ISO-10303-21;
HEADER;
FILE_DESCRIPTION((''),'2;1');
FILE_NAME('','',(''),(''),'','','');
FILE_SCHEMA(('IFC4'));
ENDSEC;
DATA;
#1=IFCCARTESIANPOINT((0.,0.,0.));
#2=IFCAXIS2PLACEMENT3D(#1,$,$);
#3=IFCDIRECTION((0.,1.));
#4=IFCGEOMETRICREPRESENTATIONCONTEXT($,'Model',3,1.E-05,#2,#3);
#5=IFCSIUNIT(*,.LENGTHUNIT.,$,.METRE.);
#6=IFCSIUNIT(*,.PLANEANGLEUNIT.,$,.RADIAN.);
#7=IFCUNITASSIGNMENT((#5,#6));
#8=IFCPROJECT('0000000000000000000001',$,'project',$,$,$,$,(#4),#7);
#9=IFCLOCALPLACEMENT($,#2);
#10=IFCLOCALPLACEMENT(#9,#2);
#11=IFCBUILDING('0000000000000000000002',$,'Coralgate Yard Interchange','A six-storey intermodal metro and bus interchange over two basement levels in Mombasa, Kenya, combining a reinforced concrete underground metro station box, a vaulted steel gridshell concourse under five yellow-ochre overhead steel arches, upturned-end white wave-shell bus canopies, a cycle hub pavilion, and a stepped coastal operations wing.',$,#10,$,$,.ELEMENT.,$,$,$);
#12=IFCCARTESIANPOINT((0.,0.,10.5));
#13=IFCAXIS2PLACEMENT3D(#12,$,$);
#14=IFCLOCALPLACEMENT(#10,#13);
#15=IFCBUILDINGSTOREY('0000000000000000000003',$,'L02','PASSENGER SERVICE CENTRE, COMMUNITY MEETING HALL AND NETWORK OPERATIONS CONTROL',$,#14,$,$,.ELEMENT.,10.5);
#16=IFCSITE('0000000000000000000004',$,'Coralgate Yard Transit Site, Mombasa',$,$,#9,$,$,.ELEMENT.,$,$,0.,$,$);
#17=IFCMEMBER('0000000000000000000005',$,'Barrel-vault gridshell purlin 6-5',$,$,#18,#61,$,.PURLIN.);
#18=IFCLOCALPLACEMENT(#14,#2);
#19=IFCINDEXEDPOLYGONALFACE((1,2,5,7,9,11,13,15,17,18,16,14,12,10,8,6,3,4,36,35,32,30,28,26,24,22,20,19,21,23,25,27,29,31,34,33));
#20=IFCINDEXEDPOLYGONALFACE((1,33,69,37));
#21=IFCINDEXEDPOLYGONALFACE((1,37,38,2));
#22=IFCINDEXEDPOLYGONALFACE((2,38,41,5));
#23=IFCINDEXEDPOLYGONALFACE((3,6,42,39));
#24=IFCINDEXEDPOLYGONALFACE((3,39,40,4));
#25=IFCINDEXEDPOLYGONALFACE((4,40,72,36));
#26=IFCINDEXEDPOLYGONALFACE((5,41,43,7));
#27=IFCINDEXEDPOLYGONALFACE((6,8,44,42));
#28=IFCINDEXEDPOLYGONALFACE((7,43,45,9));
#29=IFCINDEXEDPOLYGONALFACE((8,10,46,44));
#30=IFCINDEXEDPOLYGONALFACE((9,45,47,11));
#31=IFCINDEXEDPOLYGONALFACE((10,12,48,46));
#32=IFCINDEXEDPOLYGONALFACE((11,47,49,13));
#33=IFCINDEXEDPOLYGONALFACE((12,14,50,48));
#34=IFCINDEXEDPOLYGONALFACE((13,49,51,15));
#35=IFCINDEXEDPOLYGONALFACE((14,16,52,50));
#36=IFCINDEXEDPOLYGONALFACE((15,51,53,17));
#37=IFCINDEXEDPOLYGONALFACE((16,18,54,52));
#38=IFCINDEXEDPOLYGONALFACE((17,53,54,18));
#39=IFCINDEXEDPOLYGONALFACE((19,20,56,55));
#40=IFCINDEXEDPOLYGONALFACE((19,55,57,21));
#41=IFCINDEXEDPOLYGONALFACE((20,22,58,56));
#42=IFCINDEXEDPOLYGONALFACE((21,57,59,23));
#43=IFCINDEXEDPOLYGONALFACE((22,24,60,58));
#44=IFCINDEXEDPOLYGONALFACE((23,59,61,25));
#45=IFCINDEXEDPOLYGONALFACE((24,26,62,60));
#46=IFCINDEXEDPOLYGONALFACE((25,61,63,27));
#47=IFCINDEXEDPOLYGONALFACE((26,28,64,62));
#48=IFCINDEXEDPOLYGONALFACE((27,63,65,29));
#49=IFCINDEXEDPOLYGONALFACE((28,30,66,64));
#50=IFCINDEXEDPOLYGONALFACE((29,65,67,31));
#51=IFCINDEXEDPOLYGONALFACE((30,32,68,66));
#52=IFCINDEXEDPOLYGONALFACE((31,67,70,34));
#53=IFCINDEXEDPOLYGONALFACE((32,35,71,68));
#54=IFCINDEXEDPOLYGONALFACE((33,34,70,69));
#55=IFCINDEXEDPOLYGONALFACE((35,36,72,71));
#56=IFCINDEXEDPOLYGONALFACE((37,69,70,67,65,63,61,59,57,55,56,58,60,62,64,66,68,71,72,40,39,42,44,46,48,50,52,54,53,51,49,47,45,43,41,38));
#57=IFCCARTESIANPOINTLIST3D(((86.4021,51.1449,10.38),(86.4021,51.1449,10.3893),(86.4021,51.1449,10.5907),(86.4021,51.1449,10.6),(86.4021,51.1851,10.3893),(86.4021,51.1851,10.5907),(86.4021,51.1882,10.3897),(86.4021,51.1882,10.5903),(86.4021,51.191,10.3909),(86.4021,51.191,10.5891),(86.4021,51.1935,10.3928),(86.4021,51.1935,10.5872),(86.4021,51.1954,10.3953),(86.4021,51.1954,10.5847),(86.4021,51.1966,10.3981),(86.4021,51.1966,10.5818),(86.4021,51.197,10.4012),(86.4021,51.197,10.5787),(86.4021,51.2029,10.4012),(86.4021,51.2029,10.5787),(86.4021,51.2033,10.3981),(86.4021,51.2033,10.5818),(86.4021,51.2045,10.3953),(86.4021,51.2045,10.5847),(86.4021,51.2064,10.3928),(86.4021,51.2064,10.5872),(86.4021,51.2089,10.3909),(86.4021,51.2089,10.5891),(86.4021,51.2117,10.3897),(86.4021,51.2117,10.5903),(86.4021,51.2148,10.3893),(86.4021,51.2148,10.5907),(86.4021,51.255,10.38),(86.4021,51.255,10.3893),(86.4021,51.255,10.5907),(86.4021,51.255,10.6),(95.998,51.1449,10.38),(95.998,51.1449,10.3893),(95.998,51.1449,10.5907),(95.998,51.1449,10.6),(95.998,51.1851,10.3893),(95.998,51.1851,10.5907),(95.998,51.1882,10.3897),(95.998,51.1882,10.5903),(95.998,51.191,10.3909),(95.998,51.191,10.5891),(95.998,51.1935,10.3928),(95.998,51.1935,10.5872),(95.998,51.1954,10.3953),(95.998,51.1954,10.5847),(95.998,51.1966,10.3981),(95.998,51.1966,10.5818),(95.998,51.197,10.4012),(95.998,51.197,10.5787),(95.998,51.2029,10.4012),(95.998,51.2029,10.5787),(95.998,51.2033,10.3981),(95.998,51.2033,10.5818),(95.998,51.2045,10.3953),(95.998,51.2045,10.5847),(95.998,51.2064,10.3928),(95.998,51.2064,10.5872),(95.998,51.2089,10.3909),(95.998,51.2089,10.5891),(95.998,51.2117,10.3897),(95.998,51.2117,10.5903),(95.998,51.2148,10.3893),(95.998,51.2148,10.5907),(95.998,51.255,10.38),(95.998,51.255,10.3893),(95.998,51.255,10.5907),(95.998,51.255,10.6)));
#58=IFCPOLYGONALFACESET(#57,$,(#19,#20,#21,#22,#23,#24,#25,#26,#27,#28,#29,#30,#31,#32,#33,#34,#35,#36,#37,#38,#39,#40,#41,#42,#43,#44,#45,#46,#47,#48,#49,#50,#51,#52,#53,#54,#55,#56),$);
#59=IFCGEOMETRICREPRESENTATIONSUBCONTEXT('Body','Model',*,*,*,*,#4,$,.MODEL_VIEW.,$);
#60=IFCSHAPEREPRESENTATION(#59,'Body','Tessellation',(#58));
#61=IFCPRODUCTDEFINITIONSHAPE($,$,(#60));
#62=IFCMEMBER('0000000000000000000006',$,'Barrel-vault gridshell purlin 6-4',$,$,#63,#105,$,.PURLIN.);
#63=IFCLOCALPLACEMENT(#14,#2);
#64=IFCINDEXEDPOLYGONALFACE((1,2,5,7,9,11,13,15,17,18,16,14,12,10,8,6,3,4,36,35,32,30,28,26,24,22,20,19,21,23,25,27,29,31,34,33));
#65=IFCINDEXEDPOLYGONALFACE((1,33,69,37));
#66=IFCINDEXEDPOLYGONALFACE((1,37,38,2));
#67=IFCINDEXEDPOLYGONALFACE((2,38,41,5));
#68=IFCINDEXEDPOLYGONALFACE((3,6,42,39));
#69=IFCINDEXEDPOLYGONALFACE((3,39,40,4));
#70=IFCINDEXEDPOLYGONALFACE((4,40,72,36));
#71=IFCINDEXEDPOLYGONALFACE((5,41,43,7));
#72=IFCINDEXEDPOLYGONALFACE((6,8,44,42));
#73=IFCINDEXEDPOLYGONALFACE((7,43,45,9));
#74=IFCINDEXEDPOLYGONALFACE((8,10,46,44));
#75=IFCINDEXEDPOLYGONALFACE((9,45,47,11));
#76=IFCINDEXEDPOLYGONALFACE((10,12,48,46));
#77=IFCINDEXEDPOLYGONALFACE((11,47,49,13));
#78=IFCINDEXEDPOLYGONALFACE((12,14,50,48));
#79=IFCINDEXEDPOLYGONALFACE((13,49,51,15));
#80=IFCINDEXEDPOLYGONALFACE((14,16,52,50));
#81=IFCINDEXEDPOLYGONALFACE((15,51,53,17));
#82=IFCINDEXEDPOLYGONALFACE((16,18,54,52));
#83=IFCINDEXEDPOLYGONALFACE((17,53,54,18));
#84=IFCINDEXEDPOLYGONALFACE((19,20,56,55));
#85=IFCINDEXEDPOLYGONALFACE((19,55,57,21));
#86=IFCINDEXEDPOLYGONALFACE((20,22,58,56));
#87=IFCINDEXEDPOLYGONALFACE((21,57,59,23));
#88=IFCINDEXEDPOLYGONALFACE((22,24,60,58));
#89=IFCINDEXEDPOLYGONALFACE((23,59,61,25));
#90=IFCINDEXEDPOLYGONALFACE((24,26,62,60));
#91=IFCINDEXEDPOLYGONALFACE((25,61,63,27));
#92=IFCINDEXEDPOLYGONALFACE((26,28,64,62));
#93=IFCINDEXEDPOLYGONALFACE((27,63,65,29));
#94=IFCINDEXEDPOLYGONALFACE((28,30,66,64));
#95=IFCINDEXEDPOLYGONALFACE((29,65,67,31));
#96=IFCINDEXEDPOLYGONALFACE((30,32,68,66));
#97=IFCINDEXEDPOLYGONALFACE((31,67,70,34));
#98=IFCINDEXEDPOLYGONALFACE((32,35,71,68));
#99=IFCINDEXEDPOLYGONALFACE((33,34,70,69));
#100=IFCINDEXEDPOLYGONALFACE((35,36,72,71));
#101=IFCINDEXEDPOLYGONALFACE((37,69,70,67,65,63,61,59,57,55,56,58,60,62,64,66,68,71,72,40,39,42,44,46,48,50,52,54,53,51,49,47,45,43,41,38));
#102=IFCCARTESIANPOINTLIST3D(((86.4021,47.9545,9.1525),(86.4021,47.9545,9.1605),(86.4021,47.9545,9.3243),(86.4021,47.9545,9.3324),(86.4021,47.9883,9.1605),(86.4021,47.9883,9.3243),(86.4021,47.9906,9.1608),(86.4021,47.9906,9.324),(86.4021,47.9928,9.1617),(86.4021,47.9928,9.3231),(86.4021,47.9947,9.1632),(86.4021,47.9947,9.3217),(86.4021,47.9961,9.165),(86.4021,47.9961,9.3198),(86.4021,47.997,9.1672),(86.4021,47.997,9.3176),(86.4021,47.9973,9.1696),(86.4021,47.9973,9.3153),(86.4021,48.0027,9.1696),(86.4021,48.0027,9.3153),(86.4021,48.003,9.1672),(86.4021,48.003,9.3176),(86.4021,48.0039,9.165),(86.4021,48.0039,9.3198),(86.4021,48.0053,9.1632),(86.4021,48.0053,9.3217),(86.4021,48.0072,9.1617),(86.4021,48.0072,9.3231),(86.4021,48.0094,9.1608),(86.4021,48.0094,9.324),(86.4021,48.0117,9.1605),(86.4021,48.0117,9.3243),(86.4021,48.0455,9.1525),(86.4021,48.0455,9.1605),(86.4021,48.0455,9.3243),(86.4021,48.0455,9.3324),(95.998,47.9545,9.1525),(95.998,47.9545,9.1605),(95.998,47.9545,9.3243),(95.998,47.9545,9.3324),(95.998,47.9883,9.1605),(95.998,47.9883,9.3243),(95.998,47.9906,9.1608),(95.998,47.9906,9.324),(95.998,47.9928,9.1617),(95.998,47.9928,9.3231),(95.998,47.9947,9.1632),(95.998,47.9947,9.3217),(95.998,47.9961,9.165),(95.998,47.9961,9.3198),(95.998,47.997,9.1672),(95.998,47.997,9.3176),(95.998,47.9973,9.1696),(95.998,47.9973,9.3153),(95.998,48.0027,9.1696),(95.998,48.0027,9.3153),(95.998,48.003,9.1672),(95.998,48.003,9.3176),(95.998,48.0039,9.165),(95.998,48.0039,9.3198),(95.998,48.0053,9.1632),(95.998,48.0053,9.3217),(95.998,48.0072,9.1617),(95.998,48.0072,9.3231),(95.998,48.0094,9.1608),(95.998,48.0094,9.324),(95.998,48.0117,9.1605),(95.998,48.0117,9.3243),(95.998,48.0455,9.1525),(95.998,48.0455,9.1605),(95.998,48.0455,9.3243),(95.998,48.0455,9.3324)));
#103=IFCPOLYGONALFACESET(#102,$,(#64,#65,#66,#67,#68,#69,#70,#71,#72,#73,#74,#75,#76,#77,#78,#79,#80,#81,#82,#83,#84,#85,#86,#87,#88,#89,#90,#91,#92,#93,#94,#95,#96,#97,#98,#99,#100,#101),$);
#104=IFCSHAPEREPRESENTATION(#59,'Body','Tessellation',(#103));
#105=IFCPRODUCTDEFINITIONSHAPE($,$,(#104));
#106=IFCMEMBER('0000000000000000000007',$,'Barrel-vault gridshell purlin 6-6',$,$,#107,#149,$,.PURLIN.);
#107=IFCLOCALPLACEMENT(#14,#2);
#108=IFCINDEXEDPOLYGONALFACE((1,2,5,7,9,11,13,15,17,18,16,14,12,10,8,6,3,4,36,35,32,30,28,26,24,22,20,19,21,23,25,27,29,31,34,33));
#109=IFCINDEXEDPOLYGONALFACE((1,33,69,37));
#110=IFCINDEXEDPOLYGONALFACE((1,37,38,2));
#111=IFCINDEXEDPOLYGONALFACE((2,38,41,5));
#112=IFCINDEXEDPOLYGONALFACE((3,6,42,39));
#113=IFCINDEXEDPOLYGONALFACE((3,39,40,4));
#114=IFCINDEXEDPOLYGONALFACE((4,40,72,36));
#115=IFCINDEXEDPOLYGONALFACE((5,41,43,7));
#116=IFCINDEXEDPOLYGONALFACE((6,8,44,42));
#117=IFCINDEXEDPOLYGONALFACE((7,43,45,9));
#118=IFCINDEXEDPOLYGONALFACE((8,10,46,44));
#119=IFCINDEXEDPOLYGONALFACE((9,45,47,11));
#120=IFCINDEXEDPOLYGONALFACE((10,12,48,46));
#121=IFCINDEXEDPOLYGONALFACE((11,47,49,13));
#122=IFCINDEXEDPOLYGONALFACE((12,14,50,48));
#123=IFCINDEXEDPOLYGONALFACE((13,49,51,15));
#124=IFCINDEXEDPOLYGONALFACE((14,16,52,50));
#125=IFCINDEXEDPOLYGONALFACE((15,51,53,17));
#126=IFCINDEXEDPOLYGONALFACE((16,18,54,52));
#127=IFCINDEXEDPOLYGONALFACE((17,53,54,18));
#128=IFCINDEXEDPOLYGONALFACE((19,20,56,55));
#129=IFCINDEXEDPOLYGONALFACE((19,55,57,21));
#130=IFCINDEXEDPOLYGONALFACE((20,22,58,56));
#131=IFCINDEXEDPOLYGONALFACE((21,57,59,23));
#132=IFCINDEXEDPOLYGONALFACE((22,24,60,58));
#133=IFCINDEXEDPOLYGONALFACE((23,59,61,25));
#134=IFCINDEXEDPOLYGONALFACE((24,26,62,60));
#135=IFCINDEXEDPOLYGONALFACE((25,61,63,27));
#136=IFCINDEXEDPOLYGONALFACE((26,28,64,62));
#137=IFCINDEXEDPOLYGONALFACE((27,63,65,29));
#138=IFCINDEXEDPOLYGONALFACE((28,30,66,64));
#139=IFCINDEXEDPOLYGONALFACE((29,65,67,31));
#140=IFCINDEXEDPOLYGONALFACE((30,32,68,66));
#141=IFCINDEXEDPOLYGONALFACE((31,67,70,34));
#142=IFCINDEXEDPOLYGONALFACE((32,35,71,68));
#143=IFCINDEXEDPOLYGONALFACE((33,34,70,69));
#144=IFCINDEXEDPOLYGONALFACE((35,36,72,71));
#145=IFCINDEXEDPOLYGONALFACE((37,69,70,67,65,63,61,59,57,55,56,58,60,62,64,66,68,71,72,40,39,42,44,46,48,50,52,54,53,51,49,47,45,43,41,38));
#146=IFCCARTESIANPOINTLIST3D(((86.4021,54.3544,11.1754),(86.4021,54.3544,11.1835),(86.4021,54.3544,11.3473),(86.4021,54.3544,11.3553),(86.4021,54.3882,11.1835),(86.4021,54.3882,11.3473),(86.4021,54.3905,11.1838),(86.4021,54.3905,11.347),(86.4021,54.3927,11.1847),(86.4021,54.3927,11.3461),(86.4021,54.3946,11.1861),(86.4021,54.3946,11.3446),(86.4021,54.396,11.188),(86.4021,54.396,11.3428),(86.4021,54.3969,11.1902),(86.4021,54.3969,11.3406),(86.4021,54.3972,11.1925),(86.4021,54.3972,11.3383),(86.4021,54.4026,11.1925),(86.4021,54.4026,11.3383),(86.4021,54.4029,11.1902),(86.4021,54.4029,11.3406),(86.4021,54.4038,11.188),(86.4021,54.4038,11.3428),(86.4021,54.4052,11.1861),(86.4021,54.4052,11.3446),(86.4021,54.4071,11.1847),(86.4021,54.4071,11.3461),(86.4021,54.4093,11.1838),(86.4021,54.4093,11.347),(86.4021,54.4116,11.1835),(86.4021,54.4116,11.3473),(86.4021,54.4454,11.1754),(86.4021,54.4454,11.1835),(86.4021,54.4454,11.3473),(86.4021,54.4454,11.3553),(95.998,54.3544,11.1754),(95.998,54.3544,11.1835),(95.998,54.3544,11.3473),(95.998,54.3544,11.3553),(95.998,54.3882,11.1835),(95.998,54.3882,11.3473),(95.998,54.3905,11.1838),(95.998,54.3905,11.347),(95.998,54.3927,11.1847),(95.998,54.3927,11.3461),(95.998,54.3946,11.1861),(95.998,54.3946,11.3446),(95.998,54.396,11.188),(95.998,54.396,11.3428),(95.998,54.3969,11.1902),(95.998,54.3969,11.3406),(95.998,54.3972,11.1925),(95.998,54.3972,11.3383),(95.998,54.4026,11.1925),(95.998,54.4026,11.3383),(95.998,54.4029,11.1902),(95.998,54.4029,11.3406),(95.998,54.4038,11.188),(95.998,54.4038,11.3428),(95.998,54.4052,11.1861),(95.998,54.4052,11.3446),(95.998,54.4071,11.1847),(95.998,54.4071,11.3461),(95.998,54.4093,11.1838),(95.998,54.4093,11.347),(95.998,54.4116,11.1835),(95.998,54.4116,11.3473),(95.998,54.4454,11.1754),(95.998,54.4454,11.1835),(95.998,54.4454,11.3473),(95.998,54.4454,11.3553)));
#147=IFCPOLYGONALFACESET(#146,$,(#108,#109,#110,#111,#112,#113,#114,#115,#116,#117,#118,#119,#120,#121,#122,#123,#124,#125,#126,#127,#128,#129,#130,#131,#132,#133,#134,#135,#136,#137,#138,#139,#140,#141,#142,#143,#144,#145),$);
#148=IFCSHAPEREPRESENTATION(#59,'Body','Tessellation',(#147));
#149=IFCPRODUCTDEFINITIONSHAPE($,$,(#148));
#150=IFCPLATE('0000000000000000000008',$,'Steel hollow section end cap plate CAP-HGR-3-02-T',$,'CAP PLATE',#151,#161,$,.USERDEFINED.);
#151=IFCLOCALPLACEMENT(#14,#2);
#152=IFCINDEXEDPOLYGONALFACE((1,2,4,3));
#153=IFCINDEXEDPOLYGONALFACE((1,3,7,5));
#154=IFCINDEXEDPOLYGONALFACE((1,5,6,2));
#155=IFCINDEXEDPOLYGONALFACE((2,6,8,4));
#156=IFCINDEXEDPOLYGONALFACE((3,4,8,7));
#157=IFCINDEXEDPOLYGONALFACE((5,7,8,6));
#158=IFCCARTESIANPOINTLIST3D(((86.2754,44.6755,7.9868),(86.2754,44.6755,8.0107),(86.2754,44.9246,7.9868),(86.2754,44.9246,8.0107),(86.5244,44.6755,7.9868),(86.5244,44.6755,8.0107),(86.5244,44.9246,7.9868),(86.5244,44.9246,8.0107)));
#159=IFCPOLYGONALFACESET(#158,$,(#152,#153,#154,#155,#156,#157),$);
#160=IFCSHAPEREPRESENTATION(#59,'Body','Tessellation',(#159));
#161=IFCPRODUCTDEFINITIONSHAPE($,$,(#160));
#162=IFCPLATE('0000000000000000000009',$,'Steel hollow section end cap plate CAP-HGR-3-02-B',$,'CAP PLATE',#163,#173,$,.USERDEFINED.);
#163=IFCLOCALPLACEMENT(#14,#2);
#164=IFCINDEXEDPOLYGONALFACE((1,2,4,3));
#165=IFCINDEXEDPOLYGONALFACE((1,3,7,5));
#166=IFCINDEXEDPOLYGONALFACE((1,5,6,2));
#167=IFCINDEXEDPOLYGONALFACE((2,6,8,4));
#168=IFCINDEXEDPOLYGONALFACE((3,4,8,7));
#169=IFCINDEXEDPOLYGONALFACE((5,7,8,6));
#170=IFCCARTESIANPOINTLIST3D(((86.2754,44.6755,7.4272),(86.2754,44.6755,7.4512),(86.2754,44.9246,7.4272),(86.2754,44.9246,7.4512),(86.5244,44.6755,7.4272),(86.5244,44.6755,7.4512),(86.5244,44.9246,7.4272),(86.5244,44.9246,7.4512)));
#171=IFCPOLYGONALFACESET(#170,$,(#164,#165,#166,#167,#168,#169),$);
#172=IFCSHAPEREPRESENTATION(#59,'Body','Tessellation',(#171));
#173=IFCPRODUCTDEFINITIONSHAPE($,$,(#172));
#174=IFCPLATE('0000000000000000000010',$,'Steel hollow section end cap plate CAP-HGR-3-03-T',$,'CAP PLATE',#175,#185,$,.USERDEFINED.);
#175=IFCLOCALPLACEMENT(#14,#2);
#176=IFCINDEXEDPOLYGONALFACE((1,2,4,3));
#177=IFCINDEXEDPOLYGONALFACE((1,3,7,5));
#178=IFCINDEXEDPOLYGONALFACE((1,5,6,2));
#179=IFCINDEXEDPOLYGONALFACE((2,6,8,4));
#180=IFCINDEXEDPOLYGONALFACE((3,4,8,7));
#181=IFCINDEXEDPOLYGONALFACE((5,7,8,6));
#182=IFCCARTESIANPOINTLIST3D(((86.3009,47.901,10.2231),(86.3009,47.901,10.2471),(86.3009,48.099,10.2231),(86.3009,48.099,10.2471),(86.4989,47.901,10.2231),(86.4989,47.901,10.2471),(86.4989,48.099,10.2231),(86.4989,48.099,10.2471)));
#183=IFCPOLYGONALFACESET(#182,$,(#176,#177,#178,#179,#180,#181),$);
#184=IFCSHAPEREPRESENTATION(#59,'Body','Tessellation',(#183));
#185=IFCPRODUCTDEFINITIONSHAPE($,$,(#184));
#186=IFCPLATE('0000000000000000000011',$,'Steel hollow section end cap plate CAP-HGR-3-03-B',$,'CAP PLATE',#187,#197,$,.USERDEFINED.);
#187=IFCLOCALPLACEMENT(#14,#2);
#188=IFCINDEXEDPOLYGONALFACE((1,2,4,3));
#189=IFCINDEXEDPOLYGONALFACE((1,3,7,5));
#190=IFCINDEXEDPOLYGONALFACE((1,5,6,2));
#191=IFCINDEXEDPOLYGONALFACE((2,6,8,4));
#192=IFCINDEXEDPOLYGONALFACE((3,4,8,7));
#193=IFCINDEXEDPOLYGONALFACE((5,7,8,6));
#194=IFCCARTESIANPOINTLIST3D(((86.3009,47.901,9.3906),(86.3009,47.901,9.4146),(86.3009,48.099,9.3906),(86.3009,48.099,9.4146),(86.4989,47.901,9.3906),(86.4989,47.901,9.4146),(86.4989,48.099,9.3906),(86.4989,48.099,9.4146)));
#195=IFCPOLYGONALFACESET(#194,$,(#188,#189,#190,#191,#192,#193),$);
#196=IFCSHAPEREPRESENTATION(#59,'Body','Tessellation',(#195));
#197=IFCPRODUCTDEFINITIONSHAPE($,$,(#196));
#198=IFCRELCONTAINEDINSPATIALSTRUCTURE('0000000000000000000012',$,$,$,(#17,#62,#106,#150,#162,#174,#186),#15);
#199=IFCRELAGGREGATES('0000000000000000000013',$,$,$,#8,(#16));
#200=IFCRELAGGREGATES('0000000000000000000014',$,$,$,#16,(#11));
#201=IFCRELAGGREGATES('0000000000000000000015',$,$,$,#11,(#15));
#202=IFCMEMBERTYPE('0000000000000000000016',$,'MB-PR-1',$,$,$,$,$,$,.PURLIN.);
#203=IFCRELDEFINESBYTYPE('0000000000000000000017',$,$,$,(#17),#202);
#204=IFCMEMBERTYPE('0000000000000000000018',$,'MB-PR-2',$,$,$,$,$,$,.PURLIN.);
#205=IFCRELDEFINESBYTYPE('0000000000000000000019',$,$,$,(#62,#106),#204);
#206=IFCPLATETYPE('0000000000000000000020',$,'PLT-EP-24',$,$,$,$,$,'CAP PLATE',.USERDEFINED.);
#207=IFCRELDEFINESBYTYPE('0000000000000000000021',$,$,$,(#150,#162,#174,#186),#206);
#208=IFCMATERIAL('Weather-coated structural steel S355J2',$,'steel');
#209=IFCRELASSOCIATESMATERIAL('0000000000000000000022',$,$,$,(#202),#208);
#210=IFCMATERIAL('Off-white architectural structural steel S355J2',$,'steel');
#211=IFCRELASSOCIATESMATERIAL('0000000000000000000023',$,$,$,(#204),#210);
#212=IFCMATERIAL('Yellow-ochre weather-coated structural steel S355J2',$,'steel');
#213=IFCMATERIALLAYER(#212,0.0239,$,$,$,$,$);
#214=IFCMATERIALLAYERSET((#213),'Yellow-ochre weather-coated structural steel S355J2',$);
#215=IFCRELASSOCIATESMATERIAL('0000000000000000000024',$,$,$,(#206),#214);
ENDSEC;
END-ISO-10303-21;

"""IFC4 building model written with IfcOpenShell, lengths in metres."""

from ifc_helpers import new_model, si_unit, direction, frame, origin, origin_2d, place, context, subcontext, project, spatial, rectangle, i_section, extrude, material, layer, layer_set, material_profile, profile_set, type_object, element, save


model = new_model("IFC4")

# Units and contexts
model_context = context("Model", 3, precision=1e-05, world=origin(), true_north=direction((0.0, 1.0)))
body_context = subcontext(model_context, "Body", "Model", "MODEL_VIEW")
ifc_project = project(units=[si_unit("LENGTHUNIT", "METRE"), si_unit("PLANEANGLEUNIT", "RADIAN")], contexts=[model_context])

# Site, building, storey
site_placement = place(None, origin())
site = spatial("IfcSite", under=ifc_project, at=site_placement, Name="Coralgate Yard Transit Site, Mombasa", CompositionType="ELEMENT", RefElevation=0.0)
building_placement = place(site_placement, origin())
building = spatial("IfcBuilding", under=site, at=building_placement, Name="Coralgate Yard Interchange", Description="A six-storey intermodal metro and bus interchange over two basement levels in Mombasa, Kenya, combining a reinforced concrete underground metro station box, a vaulted steel gridshell concourse under five yellow-ochre overhead steel arches, upturned-end white wave-shell bus canopies, a cycle hub pavilion, and a stepped coastal operations wing.", CompositionType="ELEMENT")
storey_placement = place(building_placement, frame((0.0, 0.0, 10.5)))
storey = spatial("IfcBuildingStorey", under=building, at=storey_placement, Name="L02", Description="PASSENGER SERVICE CENTRE, COMMUNITY MEETING HALL AND NETWORK OPERATIONS CONTROL", CompositionType="ELEMENT", Elevation=10.5)

# Shared definitions
ifc_material_1 = material(Name="Yellow-ochre weather-coated structural steel S355J2", Category="steel")
ifc_material_2 = material(Name="Weather-coated structural steel S355J2", Category="steel")

# Members
ifc_material_profile_1 = material_profile(ifc_material_2, i_section(OverallWidth=0.1101, OverallDepth=0.22, WebThickness=0.0059, FlangeThickness=0.0093, FilletRadius=0.012, at=origin_2d()), Name="IPE 220")
ifc_profile_set_1 = profile_set([ifc_material_profile_1], Name="Weather-coated structural steel S355J2")
member_type_1 = type_object("IfcMemberType", Name="MB-PR-1", PredefinedType="PURLIN", material=ifc_profile_set_1)
for number, where, z_axis, x_axis, name in (
    (1, (86.4021, 51.2, 10.49), (1.0, 0.0, 0.0), (0.0, 1.0, 0.0), "Barrel-vault gridshell purlin 6-5"),
):
    element("IfcMember", number, at=place(storey_placement, frame(where, z_axis=z_axis, x_axis=x_axis)), inside=storey, type_object=member_type_1, Name=name, PredefinedType="PURLIN", context=body_context, shape_type="SweptSolid", body=[
        extrude(i_section(OverallWidth=0.1101, OverallDepth=0.22, WebThickness=0.0059, FlangeThickness=0.0093, FilletRadius=0.012, at=origin_2d()), origin(), (0.0, 0.0, 1.0), 9.5959),
    ])
ifc_material_3 = material(Name="Off-white architectural structural steel S355J2", Category="steel")
ifc_material_profile_2 = material_profile(ifc_material_3, i_section(OverallWidth=0.0911, OverallDepth=0.1799, WebThickness=0.0054, FlangeThickness=0.0081, FilletRadius=0.009, at=origin_2d()), Name="IPE 180")
ifc_profile_set_2 = profile_set([ifc_material_profile_2], Name="Off-white architectural structural steel S355J2")
member_type_2 = type_object("IfcMemberType", Name="MB-PR-2", PredefinedType="PURLIN", material=ifc_profile_set_2)
for number, where, z_axis, x_axis, name in (
    (2, (86.4021, 48.0, 9.2424), (1.0, 0.0, 0.0), (0.0, 1.0, 0.0), "Barrel-vault gridshell purlin 6-4"),
    (3, (86.4021, 54.3999, 11.2654), (1.0, 0.0, 0.0), (0.0, 1.0, 0.0), "Barrel-vault gridshell purlin 6-6"),
):
    element("IfcMember", number, at=place(storey_placement, frame(where, z_axis=z_axis, x_axis=x_axis)), inside=storey, type_object=member_type_2, Name=name, PredefinedType="PURLIN", context=body_context, shape_type="SweptSolid", body=[
        extrude(i_section(OverallWidth=0.0911, OverallDepth=0.1799, WebThickness=0.0054, FlangeThickness=0.0081, FilletRadius=0.009, at=origin_2d()), origin(), (0.0, 0.0, 1.0), 9.5959),
    ])

# Plates
ifc_layer_1 = layer(ifc_material_1, 0.0239)
ifc_layer_set_1 = layer_set([ifc_layer_1], Name="Yellow-ochre weather-coated structural steel S355J2")
plate_type_1 = type_object("IfcPlateType", Name="PLT-EP-24", ElementType="CAP PLATE", PredefinedType="USERDEFINED", material=ifc_layer_set_1)
for number, where, z_axis, x_axis, name in (
    (4, (86.3999, 44.8, 7.9868), (0.0, 0.0, 1.0), (1.0, 0.0, 0.0), "Steel hollow section end cap plate CAP-HGR-3-02-T"),
    (5, (86.3999, 44.8, 7.4512), (0.0, 0.0, -1.0), (1.0, 0.0, 0.0), "Steel hollow section end cap plate CAP-HGR-3-02-B"),
):
    element("IfcPlate", number, at=place(storey_placement, frame(where, z_axis=z_axis, x_axis=x_axis)), inside=storey, type_object=plate_type_1, Name=name, ObjectType="CAP PLATE", PredefinedType="USERDEFINED", context=body_context, shape_type="SweptSolid", body=[
        extrude(rectangle(XDim=0.249, YDim=0.249, at=origin_2d()), origin(), (0.0, 0.0, 1.0), 0.0239),
    ])
for number, where, z_axis, x_axis, name in (
    (6, (86.3999, 48.0, 10.2231), (0.0, 0.0, 1.0), (1.0, 0.0, 0.0), "Steel hollow section end cap plate CAP-HGR-3-03-T"),
    (7, (86.3999, 48.0, 9.4146), (0.0, 0.0, -1.0), (1.0, 0.0, 0.0), "Steel hollow section end cap plate CAP-HGR-3-03-B"),
):
    element("IfcPlate", number, at=place(storey_placement, frame(where, z_axis=z_axis, x_axis=x_axis)), inside=storey, type_object=plate_type_1, Name=name, ObjectType="CAP PLATE", PredefinedType="USERDEFINED", context=body_context, shape_type="SweptSolid", body=[
        extrude(rectangle(XDim=0.198, YDim=0.198, at=origin_2d()), origin(), (0.0, 0.0, 1.0), 0.0239),
    ])

save(model, "model.ifc")
